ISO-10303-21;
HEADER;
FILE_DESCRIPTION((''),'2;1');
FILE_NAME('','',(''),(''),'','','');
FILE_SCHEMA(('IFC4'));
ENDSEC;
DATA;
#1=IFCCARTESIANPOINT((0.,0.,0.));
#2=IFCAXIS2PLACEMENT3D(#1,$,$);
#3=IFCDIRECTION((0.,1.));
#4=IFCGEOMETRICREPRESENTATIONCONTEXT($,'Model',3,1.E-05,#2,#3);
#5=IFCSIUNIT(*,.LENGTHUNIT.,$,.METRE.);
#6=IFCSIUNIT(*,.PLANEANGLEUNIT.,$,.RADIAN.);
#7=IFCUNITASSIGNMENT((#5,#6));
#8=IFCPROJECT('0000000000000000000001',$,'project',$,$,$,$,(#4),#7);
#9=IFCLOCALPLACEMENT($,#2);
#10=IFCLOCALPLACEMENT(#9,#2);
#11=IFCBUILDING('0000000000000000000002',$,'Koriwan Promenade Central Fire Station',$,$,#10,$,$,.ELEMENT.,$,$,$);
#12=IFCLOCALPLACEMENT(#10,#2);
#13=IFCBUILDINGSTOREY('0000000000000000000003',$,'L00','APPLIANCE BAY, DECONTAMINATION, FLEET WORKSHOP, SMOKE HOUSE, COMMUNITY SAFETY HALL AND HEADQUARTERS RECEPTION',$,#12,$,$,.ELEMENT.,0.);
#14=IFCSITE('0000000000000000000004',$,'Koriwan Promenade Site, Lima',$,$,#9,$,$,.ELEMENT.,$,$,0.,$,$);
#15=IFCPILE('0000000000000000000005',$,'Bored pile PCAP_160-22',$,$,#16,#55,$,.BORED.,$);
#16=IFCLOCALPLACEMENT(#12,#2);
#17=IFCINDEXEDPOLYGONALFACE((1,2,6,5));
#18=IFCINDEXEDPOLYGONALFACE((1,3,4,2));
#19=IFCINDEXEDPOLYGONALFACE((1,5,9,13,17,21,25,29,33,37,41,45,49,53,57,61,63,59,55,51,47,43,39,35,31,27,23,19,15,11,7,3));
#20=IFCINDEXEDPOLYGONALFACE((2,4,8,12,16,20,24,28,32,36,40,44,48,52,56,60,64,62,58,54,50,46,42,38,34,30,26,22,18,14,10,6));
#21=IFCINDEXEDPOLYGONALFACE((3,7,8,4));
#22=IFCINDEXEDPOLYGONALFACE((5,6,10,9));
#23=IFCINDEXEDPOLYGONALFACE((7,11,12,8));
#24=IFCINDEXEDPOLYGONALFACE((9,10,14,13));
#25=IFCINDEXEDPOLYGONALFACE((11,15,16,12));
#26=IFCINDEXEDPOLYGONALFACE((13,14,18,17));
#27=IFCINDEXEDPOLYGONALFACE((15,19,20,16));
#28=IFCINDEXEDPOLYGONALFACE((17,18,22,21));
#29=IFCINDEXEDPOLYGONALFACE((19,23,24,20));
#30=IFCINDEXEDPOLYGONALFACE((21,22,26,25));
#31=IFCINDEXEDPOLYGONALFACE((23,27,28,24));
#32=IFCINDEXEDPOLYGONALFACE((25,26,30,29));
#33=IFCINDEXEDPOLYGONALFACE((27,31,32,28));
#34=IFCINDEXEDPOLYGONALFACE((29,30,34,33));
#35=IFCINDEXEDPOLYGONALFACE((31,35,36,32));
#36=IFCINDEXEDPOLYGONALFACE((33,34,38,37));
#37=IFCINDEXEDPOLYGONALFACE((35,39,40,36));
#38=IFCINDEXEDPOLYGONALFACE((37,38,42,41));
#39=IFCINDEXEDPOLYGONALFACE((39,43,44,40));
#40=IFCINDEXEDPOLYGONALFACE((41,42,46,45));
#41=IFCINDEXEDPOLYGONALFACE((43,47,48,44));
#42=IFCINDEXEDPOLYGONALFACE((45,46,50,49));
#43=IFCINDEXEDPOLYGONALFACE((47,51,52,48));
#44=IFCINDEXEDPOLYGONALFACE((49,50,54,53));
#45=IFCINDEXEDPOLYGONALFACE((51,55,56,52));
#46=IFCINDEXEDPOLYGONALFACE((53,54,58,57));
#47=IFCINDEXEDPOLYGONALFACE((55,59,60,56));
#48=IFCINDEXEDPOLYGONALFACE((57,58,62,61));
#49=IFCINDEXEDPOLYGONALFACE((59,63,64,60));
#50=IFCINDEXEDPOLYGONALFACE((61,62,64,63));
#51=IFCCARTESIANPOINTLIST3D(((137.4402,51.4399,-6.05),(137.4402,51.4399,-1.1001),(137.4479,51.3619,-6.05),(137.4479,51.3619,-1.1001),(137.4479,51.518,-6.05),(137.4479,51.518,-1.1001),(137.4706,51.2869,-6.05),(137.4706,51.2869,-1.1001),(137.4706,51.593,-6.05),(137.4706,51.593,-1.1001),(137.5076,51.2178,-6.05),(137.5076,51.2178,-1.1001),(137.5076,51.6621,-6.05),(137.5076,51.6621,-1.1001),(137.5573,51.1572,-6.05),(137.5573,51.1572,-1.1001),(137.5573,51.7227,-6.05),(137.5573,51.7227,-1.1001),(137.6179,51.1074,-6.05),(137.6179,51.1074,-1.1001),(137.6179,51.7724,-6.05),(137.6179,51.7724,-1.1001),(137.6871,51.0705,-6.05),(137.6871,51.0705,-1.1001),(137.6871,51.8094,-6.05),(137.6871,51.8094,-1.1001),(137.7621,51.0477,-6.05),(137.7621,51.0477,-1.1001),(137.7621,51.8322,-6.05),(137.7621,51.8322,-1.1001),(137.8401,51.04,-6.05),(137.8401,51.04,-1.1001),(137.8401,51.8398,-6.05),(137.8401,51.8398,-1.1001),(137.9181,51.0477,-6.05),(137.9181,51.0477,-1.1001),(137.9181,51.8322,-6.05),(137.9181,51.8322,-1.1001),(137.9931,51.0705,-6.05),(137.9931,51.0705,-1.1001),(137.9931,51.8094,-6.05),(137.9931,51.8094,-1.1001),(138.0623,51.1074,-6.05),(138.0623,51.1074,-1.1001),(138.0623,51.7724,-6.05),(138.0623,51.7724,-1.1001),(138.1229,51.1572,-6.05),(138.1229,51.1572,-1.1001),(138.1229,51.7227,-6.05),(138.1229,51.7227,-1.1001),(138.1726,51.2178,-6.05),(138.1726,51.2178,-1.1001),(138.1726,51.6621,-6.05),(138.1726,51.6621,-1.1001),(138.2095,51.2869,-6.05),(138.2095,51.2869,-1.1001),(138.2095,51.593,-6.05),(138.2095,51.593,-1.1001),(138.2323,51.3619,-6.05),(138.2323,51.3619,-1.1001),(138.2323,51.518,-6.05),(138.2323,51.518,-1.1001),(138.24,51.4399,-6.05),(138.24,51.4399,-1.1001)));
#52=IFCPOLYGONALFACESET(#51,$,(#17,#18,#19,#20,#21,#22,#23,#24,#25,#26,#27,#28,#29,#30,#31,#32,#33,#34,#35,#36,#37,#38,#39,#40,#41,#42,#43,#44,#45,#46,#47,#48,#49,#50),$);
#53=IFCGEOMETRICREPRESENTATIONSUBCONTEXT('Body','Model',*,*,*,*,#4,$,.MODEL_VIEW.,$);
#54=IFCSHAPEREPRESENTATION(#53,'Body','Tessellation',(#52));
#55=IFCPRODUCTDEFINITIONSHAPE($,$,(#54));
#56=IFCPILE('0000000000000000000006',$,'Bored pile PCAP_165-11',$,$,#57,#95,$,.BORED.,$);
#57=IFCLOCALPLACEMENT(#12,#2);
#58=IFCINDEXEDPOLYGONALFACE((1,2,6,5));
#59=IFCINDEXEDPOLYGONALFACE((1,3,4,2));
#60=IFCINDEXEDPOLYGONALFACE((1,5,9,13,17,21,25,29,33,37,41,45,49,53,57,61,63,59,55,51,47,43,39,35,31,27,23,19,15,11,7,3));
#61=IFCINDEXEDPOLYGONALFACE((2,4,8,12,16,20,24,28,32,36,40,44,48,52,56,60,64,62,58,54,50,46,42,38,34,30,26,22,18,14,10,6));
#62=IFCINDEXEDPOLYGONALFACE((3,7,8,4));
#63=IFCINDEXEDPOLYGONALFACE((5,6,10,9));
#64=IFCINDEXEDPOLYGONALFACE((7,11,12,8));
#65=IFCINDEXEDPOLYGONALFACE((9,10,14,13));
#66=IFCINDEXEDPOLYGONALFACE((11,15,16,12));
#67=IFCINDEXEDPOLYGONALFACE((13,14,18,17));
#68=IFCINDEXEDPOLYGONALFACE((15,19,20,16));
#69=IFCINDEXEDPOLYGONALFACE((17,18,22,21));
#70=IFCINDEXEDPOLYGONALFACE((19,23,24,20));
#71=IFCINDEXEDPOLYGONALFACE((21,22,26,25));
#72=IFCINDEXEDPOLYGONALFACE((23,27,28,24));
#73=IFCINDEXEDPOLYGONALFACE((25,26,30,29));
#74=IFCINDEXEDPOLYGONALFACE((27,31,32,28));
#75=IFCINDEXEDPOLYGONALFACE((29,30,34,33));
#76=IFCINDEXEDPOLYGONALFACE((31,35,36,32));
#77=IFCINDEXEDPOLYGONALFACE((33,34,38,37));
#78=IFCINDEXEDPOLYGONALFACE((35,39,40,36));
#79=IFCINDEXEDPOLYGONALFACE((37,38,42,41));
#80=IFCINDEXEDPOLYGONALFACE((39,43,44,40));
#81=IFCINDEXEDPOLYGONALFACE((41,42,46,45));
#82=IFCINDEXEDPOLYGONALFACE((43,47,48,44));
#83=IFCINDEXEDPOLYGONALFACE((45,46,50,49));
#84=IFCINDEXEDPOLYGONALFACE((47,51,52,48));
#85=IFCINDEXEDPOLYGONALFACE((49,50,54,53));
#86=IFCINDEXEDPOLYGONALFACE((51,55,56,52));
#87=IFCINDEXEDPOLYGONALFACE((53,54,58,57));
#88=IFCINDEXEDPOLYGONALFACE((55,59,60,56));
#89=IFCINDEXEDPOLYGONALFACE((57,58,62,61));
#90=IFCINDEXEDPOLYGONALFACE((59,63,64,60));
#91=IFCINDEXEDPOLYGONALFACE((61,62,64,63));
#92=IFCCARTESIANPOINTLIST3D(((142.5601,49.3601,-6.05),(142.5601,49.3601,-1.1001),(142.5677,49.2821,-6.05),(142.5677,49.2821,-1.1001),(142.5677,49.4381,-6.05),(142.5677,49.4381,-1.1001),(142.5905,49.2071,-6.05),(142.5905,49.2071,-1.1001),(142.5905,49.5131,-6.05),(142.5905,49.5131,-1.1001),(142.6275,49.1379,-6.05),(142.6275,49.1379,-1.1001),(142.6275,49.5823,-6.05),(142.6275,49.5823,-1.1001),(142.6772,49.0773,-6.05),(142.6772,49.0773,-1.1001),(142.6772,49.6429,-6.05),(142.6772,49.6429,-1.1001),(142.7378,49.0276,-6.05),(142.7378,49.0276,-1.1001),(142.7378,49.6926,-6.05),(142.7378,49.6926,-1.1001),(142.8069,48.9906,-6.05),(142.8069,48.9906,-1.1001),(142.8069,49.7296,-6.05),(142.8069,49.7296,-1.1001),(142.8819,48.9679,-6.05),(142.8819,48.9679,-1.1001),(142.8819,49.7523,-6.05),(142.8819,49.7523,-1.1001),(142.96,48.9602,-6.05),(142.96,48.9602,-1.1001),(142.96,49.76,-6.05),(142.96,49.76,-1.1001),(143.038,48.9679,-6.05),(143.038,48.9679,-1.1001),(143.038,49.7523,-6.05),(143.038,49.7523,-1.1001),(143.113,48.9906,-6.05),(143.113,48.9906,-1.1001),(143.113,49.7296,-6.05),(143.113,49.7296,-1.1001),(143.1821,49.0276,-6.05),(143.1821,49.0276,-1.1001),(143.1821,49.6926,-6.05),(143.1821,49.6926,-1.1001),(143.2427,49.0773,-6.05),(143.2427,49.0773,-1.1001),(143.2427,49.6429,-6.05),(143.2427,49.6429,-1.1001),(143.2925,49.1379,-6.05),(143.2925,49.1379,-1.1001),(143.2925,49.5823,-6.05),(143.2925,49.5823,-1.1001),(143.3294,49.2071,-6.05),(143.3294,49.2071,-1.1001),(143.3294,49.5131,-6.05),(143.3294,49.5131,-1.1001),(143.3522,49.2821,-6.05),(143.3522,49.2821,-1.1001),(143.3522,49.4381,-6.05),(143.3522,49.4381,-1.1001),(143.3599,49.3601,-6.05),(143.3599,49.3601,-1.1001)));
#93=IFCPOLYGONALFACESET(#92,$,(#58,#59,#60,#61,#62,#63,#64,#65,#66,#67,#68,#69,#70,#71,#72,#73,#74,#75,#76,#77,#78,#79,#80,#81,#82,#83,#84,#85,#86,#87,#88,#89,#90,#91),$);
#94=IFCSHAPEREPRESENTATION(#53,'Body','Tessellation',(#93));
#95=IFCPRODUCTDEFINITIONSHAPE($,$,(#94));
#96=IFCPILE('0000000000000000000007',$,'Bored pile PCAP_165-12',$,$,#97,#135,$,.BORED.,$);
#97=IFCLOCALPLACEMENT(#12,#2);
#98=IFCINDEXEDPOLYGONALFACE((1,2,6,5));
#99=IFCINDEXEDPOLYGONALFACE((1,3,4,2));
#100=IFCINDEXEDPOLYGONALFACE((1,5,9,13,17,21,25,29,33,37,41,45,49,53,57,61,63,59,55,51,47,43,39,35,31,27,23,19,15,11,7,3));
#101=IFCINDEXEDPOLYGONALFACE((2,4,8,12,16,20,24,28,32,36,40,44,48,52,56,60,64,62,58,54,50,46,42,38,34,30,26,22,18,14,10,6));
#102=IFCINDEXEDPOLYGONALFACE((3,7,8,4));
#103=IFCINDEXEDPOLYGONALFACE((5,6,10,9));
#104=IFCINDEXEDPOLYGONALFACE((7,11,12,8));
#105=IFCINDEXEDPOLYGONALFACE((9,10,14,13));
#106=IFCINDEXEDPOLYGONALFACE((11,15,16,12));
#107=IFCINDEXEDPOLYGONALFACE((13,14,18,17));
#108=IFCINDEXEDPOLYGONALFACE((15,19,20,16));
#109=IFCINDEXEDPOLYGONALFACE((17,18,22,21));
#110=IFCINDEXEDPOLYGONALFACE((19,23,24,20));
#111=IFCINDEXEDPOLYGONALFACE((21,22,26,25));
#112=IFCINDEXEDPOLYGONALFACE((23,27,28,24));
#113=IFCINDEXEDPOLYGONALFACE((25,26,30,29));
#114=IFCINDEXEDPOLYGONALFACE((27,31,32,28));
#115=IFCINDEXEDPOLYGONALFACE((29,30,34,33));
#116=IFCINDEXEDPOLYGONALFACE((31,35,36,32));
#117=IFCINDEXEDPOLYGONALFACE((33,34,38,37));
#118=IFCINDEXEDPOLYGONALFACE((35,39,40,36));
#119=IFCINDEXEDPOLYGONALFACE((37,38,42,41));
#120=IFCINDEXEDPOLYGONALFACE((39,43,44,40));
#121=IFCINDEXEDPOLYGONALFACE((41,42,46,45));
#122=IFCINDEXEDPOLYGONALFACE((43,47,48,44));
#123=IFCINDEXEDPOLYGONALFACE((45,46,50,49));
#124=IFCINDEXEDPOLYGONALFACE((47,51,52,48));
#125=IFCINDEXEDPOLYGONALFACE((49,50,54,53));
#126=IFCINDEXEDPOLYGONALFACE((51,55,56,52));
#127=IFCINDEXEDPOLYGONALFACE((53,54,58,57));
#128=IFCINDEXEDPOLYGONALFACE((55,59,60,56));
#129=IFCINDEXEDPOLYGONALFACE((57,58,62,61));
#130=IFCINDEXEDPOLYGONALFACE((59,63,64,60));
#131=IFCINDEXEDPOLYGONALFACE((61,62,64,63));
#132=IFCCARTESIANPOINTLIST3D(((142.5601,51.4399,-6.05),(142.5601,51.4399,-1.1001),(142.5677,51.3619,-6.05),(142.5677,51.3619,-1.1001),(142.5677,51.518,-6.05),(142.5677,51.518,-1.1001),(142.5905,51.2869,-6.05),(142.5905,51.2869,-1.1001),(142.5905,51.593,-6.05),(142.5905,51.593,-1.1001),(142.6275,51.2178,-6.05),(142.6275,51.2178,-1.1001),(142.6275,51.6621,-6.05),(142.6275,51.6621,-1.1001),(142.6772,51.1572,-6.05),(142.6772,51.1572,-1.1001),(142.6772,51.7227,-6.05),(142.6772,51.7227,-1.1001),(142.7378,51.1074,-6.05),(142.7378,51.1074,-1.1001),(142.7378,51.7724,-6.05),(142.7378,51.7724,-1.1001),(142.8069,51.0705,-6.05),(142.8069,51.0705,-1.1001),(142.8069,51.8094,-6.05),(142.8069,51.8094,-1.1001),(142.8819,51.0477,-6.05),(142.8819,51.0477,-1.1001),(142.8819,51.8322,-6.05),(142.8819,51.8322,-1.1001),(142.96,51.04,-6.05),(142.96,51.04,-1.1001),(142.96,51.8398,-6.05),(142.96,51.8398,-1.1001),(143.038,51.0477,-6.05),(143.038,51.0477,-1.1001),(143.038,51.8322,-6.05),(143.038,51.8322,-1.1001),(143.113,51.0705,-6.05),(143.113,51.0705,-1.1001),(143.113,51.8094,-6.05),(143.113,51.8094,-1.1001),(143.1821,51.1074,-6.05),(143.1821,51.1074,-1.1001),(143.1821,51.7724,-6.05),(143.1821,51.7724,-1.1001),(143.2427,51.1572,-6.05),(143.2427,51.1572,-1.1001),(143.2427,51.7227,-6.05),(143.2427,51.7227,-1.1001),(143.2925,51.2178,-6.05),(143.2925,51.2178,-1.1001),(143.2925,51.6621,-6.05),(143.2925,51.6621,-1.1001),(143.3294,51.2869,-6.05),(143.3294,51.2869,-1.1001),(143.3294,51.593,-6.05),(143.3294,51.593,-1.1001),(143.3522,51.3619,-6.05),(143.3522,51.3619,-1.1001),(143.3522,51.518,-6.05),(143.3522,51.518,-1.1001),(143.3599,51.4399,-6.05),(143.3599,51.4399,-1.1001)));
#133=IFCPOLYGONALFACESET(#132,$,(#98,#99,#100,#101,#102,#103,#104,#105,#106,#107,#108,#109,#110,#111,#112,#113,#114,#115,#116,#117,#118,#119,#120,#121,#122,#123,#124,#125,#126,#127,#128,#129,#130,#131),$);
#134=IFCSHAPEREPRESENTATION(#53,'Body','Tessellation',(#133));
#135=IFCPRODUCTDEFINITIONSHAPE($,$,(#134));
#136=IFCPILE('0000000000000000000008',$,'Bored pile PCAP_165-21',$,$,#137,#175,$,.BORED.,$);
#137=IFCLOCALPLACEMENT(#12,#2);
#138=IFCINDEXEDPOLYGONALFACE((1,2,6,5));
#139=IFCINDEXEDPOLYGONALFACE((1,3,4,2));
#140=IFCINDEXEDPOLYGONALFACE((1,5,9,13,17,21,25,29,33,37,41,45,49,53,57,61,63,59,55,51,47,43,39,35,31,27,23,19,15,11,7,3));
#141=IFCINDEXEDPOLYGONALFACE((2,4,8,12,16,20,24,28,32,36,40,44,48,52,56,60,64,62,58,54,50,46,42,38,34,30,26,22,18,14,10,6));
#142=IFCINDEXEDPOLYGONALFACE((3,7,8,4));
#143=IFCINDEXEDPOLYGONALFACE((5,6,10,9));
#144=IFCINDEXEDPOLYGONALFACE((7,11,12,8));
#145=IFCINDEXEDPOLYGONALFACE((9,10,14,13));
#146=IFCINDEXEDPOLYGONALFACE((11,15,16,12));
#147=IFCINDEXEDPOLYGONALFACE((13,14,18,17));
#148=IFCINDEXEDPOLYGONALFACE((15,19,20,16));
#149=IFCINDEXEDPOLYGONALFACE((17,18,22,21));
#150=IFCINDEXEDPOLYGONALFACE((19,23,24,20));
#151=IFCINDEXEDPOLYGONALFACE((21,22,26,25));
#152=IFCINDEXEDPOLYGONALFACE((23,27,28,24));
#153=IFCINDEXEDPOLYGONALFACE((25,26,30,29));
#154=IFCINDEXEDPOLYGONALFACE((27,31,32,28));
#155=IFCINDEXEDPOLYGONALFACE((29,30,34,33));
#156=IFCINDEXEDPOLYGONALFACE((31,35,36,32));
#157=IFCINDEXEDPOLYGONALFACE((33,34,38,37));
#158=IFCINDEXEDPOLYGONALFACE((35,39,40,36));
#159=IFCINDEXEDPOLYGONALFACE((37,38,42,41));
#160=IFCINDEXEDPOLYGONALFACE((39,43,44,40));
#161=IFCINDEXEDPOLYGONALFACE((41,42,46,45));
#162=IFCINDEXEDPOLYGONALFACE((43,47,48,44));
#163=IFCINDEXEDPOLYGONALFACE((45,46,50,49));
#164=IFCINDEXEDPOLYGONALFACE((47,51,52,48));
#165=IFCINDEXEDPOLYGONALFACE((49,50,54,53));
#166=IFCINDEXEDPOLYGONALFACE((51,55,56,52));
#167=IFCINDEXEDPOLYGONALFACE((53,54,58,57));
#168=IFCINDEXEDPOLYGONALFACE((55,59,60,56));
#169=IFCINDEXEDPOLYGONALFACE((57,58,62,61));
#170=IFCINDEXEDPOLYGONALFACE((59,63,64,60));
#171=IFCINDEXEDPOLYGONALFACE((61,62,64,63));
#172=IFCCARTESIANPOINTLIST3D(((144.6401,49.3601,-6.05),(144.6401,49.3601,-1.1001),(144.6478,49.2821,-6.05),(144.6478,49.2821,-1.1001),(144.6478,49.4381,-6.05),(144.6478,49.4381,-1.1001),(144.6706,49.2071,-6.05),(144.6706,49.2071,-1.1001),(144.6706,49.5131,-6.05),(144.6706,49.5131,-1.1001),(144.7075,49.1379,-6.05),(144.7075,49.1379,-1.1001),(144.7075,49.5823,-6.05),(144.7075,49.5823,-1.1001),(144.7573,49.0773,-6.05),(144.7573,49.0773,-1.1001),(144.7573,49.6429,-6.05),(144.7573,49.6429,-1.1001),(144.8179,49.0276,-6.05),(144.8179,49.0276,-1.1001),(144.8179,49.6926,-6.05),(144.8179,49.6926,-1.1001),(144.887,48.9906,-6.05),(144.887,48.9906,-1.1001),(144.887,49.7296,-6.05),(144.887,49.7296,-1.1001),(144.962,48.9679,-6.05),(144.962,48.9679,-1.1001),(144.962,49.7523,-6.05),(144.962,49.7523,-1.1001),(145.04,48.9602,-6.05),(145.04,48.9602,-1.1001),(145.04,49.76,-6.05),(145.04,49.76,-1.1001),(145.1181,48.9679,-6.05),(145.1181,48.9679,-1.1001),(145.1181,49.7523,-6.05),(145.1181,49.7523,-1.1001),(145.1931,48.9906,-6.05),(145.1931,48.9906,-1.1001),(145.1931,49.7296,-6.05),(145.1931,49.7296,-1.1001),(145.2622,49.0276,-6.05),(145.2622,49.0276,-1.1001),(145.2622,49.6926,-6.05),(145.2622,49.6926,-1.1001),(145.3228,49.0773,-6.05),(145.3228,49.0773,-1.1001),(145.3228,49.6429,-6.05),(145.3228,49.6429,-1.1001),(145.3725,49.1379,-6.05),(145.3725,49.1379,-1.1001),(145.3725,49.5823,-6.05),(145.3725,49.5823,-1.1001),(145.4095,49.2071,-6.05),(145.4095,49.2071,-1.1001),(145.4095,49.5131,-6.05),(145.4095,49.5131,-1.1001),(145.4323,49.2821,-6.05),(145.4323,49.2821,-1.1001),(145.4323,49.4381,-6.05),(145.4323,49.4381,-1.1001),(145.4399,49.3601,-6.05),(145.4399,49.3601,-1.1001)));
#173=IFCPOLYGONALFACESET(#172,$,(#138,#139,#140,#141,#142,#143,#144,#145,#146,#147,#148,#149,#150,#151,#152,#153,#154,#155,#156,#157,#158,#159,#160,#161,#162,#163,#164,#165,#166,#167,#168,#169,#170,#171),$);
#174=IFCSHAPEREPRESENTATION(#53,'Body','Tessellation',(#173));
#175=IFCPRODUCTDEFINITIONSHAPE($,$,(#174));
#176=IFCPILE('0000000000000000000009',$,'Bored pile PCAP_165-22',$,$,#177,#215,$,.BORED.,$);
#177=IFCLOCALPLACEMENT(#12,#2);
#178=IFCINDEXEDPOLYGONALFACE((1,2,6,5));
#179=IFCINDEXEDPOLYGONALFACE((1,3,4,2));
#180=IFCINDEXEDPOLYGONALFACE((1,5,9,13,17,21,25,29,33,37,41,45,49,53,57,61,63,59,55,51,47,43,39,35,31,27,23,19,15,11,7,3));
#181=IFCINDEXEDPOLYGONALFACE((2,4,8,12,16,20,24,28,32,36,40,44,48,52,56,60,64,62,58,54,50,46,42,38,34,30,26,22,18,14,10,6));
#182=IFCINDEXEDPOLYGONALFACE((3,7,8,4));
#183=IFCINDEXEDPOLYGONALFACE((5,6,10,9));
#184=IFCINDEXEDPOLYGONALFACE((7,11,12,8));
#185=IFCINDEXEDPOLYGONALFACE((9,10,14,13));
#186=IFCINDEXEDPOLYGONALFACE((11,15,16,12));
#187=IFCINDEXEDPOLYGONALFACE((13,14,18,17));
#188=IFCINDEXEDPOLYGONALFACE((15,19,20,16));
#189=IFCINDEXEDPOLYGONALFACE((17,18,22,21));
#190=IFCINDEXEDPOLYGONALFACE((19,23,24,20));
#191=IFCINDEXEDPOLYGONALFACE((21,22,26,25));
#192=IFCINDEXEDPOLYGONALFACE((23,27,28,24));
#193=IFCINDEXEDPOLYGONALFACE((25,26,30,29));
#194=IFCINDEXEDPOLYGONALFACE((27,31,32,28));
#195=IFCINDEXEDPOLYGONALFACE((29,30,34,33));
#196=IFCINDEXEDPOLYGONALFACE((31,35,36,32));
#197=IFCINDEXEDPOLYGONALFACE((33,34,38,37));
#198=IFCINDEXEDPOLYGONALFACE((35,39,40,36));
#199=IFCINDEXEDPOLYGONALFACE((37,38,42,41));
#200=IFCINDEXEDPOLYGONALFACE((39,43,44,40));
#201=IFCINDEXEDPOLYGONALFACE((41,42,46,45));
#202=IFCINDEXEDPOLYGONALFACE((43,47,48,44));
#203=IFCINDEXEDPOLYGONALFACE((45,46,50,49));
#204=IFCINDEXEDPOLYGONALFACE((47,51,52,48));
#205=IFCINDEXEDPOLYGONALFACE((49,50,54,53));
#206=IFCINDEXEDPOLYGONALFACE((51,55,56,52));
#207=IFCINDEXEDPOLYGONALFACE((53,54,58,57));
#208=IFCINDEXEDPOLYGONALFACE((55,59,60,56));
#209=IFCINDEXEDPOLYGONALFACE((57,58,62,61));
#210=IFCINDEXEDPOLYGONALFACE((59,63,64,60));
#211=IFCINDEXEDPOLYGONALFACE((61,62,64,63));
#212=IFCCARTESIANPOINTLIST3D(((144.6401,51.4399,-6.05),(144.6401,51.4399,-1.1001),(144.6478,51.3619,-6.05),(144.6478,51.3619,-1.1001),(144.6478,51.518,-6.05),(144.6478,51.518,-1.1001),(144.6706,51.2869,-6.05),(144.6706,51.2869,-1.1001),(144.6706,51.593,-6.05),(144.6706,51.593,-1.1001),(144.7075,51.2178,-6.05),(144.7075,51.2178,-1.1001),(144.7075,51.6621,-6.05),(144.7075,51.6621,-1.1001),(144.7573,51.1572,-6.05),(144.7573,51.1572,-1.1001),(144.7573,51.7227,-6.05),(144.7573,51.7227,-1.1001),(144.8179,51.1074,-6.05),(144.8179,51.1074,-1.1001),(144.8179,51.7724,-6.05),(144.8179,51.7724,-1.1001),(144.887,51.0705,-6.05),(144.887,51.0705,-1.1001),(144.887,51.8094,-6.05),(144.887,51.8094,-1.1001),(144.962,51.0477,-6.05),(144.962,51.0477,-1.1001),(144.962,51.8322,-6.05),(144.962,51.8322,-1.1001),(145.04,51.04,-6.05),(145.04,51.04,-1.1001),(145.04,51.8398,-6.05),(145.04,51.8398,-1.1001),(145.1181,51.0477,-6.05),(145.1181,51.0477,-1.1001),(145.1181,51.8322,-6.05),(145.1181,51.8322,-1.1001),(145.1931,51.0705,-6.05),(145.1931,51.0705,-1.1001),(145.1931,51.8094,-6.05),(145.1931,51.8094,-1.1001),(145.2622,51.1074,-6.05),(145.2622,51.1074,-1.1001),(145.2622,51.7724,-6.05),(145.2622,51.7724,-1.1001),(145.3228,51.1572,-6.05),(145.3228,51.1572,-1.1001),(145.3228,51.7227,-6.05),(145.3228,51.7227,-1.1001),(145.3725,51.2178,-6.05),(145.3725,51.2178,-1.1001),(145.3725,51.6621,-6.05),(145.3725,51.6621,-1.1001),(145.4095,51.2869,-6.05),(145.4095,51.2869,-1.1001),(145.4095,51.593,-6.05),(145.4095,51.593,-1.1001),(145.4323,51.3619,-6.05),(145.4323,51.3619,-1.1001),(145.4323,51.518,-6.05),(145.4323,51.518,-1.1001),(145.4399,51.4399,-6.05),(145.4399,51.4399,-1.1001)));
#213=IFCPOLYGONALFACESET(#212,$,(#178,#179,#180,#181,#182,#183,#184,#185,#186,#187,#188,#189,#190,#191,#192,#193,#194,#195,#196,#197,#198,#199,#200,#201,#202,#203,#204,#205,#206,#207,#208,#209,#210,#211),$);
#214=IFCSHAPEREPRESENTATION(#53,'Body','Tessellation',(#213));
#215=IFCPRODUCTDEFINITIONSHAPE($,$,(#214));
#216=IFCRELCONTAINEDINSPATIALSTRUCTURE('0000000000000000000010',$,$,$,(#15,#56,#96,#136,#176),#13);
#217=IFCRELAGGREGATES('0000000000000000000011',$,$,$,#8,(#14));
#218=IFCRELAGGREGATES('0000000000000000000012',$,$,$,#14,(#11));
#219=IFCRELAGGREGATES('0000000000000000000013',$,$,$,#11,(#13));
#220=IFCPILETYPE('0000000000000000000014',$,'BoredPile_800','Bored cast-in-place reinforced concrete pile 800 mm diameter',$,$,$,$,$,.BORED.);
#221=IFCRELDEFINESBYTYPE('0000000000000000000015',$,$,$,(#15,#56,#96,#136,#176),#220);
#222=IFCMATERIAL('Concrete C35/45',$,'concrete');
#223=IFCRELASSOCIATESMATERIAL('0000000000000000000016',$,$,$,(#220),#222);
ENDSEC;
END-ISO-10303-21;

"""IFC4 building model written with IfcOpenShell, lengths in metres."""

from ifc_helpers import new_model, si_unit, direction, frame, origin, origin_2d, place, context, subcontext, project, spatial, circle, extrude, material, material_profile, profile_set, type_object, element, save


model = new_model("IFC4")

# Units and contexts
model_context = context("Model", 3, precision=1e-05, world=origin(), true_north=direction((0.0, 1.0)))
body_context = subcontext(model_context, "Body", "Model", "MODEL_VIEW")
ifc_project = project(units=[si_unit("LENGTHUNIT", "METRE"), si_unit("PLANEANGLEUNIT", "RADIAN")], contexts=[model_context])

# Site, building, storey
site_placement = place(None, origin())
site = spatial("IfcSite", under=ifc_project, at=site_placement, Name="Koriwan Promenade Site, Lima", CompositionType="ELEMENT", RefElevation=0.0)
building_placement = place(site_placement, origin())
building = spatial("IfcBuilding", under=site, at=building_placement, Name="Koriwan Promenade Central Fire Station", CompositionType="ELEMENT")
storey_placement = place(building_placement, origin())
storey = spatial("IfcBuildingStorey", under=building, at=storey_placement, Name="L00", Description="APPLIANCE BAY, DECONTAMINATION, FLEET WORKSHOP, SMOKE HOUSE, COMMUNITY SAFETY HALL AND HEADQUARTERS RECEPTION", CompositionType="ELEMENT", Elevation=0.0)

# Piles
ifc_material_1 = material(Name="Concrete C35/45", Category="concrete")
ifc_material_profile_1 = material_profile(ifc_material_1, circle(Radius=0.3999, at=origin_2d()), Name="PILE-D800")
ifc_profile_set_1 = profile_set([ifc_material_profile_1], Name="Concrete C35/45")
pile_type_1 = type_object("IfcPileType", Name="BoredPile_800", Description="Bored cast-in-place reinforced concrete pile 800 mm diameter", PredefinedType="BORED", material=ifc_profile_set_1)
for number, where, z_axis, x_axis, name in (
    (1, (137.8401, 51.4399, -1.1001), (0.0, 0.0, -1.0), (1.0, 0.0, 0.0), "Bored pile PCAP_160-22"),
    (2, (142.96, 49.3601, -1.1001), (0.0, 0.0, -1.0), (1.0, 0.0, 0.0), "Bored pile PCAP_165-11"),
    (3, (142.96, 51.4399, -1.1001), (0.0, 0.0, -1.0), (1.0, 0.0, 0.0), "Bored pile PCAP_165-12"),
    (4, (145.04, 49.3601, -1.1001), (0.0, 0.0, -1.0), (1.0, 0.0, 0.0), "Bored pile PCAP_165-21"),
    (5, (145.04, 51.4399, -1.1001), (0.0, 0.0, -1.0), (1.0, 0.0, 0.0), "Bored pile PCAP_165-22"),
):
    element("IfcPile", number, at=place(storey_placement, frame(where, z_axis=z_axis, x_axis=x_axis)), inside=storey, type_object=pile_type_1, Name=name, PredefinedType="BORED", context=body_context, shape_type="SweptSolid", body=[
        extrude(circle(Radius=0.3999, at=origin_2d()), origin(), (0.0, 0.0, 1.0), 4.95),
    ])

save(model, "model.ifc")
